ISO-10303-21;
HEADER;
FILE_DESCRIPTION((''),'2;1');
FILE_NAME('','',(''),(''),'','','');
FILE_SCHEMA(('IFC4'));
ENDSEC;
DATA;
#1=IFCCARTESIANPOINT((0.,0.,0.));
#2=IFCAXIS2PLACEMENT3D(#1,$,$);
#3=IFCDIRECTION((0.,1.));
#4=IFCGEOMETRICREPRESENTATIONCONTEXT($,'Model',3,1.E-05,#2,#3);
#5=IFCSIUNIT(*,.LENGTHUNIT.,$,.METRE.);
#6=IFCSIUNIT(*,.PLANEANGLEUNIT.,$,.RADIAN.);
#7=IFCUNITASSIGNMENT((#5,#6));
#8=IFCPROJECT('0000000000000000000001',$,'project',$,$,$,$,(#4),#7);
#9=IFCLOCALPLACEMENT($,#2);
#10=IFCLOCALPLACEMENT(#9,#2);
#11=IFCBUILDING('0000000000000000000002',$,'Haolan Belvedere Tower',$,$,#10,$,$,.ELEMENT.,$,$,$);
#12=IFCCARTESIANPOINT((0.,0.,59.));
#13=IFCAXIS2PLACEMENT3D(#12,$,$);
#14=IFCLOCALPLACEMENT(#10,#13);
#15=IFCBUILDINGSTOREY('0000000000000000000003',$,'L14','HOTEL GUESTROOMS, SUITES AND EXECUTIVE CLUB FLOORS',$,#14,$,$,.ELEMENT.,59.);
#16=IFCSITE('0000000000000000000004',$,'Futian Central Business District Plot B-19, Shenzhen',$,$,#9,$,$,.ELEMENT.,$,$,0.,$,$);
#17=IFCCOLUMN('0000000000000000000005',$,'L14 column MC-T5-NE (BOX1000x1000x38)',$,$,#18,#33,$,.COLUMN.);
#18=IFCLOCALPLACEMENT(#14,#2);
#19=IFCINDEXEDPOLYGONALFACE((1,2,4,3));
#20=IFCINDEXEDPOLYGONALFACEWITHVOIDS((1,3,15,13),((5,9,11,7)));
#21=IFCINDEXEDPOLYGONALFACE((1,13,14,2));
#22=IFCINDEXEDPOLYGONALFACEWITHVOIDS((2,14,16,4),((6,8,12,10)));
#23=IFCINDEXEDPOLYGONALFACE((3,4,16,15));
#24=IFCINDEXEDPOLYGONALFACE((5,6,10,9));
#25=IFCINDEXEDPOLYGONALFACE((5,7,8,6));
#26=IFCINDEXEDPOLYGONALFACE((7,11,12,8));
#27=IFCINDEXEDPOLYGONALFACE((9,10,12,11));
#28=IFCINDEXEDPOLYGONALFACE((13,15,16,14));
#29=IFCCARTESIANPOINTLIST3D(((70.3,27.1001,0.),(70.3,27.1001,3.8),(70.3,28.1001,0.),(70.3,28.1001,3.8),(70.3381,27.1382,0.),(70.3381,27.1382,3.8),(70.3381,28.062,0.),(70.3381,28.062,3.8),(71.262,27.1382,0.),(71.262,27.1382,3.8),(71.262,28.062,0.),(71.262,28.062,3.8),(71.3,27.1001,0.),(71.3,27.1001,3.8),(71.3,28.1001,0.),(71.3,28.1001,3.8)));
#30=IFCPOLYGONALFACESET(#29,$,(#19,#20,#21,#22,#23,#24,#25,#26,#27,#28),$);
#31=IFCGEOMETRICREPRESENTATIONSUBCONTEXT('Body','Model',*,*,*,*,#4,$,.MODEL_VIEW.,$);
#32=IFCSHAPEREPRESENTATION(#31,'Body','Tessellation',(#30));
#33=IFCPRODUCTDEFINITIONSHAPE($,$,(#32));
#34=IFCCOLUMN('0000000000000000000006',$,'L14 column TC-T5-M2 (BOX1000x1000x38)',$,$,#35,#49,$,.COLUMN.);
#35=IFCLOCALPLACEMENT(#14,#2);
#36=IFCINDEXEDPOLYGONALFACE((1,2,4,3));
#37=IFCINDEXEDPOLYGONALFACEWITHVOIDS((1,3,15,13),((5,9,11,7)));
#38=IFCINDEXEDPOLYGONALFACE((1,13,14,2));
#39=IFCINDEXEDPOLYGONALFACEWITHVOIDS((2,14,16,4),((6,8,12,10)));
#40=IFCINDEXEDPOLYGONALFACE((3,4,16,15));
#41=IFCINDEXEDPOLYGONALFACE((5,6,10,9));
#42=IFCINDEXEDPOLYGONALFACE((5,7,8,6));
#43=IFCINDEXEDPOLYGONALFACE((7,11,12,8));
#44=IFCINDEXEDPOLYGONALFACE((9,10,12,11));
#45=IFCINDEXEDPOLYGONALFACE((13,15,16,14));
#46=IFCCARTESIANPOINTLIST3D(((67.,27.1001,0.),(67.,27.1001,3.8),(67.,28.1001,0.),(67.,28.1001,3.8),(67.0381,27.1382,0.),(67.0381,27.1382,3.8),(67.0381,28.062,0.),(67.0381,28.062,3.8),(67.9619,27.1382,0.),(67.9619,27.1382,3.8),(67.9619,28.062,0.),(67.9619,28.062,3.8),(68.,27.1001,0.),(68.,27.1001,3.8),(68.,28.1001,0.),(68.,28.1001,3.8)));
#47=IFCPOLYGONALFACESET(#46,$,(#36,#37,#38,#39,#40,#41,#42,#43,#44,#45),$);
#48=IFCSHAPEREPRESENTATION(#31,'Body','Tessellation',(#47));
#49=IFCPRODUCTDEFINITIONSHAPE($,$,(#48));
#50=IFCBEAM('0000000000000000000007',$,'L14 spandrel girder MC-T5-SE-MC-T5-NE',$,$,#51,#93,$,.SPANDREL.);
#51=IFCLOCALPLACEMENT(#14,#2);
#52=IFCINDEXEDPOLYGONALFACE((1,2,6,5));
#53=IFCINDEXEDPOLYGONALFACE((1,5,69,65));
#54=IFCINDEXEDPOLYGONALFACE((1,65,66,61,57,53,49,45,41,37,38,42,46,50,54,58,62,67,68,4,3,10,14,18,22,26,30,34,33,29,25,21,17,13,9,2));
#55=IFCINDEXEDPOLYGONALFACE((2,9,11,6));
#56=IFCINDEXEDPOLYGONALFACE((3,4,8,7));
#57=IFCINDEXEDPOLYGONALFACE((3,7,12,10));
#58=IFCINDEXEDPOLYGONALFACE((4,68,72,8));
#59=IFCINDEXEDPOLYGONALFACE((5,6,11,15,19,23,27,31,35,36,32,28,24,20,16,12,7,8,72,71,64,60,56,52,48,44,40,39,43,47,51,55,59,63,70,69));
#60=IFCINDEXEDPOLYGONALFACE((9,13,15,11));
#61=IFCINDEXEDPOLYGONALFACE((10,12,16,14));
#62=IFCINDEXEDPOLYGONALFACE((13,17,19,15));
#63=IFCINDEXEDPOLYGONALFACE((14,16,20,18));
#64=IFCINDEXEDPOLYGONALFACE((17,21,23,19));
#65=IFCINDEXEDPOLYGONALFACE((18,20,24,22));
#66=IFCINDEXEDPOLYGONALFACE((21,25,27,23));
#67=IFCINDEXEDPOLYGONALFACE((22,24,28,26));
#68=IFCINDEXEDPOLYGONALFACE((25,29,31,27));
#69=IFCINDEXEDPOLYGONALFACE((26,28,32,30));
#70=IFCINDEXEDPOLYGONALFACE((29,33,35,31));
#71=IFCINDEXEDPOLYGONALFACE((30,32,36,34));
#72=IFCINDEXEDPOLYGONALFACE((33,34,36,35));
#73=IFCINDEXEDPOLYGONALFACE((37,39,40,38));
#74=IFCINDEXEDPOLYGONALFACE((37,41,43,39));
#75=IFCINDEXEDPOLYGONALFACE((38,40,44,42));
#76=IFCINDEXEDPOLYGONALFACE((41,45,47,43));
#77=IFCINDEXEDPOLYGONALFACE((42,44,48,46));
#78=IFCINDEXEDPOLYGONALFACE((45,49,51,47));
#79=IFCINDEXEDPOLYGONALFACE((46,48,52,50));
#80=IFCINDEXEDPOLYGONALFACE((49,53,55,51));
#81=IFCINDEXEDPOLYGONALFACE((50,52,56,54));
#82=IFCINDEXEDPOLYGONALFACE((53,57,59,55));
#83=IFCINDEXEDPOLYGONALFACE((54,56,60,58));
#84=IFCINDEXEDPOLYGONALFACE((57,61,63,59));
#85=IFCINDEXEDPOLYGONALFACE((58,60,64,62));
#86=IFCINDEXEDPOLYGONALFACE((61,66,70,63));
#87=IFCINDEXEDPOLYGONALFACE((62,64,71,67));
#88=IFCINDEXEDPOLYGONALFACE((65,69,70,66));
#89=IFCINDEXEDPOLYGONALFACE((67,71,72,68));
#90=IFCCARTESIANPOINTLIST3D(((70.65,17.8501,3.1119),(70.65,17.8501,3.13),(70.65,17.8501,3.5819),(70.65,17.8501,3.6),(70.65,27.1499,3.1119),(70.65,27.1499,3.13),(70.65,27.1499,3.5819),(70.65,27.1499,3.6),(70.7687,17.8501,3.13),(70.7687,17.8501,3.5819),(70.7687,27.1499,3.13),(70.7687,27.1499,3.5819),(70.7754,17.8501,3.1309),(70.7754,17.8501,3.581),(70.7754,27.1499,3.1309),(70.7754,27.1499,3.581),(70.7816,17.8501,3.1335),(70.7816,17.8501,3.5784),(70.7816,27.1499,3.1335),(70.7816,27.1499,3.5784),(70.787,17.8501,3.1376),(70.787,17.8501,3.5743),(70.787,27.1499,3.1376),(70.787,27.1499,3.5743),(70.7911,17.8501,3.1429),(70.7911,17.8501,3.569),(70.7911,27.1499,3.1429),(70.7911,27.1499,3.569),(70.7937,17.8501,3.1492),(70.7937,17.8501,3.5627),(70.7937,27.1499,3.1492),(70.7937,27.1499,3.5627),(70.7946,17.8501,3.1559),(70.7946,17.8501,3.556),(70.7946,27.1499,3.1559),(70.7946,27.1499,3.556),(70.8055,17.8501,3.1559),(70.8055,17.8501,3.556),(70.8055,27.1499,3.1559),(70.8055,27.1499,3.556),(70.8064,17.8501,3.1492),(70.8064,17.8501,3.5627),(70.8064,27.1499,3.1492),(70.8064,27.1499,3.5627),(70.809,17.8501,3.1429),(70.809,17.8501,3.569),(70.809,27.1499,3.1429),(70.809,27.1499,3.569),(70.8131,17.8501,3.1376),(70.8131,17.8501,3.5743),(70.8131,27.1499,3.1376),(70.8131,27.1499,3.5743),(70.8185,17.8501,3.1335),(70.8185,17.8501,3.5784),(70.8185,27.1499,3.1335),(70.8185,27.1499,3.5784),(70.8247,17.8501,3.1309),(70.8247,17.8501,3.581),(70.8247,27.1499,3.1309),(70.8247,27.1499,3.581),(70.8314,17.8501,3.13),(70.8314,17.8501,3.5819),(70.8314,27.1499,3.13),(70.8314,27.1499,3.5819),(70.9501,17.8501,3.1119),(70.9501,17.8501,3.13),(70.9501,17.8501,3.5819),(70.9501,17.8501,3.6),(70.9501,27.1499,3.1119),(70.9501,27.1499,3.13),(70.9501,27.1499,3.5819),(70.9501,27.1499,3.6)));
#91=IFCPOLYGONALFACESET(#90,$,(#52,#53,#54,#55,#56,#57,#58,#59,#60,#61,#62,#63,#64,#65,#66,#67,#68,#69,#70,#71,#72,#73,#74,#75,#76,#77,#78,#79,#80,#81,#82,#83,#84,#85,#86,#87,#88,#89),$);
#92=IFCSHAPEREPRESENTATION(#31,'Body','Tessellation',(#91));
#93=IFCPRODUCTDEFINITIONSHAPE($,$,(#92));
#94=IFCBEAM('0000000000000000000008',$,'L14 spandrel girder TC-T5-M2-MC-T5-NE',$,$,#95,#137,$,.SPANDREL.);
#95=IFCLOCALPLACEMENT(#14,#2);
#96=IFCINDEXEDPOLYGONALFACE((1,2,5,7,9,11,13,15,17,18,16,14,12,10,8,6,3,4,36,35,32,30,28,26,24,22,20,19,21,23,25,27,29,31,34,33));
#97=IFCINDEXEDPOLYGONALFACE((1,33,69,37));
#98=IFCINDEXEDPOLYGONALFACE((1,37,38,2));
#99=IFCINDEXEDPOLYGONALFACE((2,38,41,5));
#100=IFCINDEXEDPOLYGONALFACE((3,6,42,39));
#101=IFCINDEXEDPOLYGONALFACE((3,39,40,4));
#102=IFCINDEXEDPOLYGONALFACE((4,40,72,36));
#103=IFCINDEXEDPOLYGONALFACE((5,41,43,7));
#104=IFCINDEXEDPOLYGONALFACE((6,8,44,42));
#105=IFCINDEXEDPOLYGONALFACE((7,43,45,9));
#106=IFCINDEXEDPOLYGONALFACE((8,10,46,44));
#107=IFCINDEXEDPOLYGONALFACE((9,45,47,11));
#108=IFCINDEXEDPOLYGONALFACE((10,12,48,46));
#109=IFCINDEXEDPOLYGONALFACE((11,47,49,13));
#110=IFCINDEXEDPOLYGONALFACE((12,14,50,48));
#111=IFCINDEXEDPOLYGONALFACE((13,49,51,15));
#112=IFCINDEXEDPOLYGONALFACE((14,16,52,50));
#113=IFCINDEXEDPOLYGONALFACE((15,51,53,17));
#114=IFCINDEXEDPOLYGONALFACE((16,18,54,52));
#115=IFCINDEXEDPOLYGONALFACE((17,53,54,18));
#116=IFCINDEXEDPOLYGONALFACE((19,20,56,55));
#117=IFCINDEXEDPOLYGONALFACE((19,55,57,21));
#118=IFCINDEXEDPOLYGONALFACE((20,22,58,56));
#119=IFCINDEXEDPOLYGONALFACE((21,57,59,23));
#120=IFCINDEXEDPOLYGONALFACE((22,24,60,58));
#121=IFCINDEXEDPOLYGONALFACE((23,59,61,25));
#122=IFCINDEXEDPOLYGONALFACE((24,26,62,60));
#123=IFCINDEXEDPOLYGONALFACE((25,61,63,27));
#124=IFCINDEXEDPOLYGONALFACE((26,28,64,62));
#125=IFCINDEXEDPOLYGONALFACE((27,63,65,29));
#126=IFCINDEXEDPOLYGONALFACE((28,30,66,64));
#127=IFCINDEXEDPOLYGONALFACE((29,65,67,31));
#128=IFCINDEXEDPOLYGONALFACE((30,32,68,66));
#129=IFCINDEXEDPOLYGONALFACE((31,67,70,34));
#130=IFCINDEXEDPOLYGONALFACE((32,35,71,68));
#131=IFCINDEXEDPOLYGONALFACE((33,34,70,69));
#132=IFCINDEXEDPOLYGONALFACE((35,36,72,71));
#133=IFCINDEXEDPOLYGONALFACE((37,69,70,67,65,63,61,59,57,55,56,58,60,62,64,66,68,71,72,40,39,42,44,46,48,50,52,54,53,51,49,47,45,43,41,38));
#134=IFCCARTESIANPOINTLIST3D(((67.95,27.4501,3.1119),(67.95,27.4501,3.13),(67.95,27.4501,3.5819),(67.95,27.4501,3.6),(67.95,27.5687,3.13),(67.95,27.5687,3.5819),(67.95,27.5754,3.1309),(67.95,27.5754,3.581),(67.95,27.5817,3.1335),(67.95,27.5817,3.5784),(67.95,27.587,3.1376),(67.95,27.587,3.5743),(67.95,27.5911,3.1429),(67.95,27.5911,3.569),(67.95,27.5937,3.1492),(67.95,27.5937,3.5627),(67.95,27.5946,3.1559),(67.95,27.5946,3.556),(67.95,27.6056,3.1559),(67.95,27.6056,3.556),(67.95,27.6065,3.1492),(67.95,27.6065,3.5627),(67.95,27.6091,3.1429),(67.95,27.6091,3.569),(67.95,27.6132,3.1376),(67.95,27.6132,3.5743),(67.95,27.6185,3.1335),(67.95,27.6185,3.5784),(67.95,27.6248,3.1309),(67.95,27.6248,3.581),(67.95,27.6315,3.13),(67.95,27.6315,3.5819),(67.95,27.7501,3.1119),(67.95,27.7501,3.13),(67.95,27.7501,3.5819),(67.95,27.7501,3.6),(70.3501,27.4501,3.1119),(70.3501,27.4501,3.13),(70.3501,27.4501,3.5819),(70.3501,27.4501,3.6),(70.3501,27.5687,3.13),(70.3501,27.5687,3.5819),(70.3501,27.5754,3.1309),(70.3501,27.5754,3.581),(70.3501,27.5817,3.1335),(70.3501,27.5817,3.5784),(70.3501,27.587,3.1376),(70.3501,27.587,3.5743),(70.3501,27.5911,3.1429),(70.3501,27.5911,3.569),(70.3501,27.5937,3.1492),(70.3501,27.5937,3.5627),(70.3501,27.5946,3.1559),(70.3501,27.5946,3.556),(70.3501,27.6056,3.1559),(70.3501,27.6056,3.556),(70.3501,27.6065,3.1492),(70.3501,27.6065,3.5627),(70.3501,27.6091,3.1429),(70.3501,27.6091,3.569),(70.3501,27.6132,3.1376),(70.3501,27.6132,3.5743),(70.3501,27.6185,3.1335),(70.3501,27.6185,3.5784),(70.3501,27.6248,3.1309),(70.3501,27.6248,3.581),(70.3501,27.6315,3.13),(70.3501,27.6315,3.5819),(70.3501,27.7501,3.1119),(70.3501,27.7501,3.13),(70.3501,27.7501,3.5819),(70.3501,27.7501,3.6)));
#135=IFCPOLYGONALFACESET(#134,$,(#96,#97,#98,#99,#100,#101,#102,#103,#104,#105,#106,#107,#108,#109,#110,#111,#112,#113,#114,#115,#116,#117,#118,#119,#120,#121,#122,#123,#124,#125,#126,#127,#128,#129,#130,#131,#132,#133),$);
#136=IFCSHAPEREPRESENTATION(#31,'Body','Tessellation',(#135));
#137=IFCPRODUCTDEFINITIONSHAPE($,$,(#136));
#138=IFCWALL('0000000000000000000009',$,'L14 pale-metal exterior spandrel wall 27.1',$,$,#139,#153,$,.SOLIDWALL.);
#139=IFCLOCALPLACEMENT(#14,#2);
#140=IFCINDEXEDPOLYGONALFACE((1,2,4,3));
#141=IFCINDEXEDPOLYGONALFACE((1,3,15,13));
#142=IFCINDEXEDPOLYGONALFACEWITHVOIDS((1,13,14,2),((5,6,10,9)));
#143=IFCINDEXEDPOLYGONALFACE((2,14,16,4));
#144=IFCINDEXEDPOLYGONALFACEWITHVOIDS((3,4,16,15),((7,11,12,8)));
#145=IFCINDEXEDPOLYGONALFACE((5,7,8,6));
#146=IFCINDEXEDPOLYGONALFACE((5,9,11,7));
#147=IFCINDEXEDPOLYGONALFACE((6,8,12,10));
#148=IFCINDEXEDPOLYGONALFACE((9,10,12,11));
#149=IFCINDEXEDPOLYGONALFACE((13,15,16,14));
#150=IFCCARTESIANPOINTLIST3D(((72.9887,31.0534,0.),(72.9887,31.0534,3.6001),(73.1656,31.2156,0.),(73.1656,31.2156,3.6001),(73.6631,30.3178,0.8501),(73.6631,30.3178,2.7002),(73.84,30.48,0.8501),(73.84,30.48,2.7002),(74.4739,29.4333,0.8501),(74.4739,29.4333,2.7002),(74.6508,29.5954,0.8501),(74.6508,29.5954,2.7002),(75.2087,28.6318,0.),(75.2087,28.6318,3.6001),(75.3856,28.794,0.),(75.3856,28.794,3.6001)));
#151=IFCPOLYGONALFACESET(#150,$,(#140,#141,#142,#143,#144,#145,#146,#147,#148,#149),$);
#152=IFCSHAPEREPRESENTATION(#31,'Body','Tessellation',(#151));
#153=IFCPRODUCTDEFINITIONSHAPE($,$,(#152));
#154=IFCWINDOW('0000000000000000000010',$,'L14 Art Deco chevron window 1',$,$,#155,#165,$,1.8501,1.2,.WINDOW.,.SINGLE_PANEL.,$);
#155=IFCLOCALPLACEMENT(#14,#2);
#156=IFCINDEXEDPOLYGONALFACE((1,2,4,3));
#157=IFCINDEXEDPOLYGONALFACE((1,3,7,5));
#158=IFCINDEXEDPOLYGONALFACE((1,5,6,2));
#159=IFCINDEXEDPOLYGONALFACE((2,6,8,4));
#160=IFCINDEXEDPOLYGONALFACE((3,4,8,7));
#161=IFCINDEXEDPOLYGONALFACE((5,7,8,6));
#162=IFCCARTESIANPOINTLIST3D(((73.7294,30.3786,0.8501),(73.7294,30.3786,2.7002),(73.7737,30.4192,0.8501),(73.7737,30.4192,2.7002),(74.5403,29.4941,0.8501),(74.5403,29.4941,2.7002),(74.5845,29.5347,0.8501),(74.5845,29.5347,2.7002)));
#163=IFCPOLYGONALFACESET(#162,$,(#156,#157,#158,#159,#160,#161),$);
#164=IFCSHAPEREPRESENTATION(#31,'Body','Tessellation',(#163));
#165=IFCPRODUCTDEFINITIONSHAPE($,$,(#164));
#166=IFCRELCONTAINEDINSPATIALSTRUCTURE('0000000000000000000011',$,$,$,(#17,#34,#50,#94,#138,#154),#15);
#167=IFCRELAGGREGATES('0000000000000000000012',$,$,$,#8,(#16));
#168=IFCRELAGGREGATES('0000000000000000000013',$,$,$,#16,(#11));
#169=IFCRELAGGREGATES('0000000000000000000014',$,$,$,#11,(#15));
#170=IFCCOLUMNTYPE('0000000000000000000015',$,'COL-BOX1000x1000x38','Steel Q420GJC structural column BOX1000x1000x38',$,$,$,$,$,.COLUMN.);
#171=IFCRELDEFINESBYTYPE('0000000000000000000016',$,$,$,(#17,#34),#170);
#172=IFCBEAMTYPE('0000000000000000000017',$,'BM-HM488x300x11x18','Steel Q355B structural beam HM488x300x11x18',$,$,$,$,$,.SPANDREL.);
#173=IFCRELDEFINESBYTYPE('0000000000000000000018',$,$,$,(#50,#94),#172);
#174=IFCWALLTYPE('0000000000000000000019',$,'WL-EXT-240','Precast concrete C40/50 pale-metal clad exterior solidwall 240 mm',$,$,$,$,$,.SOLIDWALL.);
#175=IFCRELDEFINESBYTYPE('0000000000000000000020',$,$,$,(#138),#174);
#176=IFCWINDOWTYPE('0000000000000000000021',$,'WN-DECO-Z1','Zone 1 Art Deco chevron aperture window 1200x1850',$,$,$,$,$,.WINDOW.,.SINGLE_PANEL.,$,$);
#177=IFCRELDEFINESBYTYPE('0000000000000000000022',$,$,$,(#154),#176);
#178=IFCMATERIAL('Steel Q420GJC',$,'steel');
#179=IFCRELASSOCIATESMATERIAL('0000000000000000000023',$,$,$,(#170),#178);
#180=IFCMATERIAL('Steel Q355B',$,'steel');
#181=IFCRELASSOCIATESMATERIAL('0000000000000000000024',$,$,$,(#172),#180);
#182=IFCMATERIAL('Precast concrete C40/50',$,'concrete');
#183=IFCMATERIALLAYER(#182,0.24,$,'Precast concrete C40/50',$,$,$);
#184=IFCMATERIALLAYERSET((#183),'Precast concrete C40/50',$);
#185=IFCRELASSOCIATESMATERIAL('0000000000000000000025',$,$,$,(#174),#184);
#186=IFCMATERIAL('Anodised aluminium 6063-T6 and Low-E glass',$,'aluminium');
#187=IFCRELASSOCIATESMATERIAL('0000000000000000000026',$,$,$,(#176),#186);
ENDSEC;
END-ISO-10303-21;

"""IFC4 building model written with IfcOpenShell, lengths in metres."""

from ifc_helpers import new_model, si_unit, direction, frame, frame_2d, origin, origin_2d, place, context, subcontext, project, spatial, rectangle, hollow_rectangle, i_section, extrude, material, layer, layer_set, material_profile, profile_set, type_object, element, fill, save


model = new_model("IFC4")

# Units and contexts
model_context = context("Model", 3, precision=1e-05, world=origin(), true_north=direction((0.0, 1.0)))
body_context = subcontext(model_context, "Body", "Model", "MODEL_VIEW")
ifc_project = project(units=[si_unit("LENGTHUNIT", "METRE"), si_unit("PLANEANGLEUNIT", "RADIAN")], contexts=[model_context])

# Site, building, storey
site_placement = place(None, origin())
site = spatial("IfcSite", under=ifc_project, at=site_placement, Name="Futian Central Business District Plot B-19, Shenzhen", CompositionType="ELEMENT", RefElevation=0.0)
building_placement = place(site_placement, origin())
building = spatial("IfcBuilding", under=site, at=building_placement, Name="Haolan Belvedere Tower", CompositionType="ELEMENT")
storey_placement = place(building_placement, frame((0.0, 0.0, 59.0)))
storey = spatial("IfcBuildingStorey", under=building, at=storey_placement, Name="L14", Description="HOTEL GUESTROOMS, SUITES AND EXECUTIVE CLUB FLOORS", CompositionType="ELEMENT", Elevation=59.0)

# Columns
ifc_material_1 = material(Name="Steel Q420GJC", Category="steel")
ifc_material_profile_1 = material_profile(ifc_material_1, hollow_rectangle(XDim=1.0, YDim=1.0, WallThickness=0.0381, at=origin_2d()), Name="Steel Q420GJC")
ifc_profile_set_1 = profile_set([ifc_material_profile_1], Name="Steel Q420GJC")
column_type = type_object("IfcColumnType", Name="COL-BOX1000x1000x38", Description="Steel Q420GJC structural column BOX1000x1000x38", PredefinedType="COLUMN", material=ifc_profile_set_1)
for number, where, z_axis, x_axis, name in (
    (1, (70.8, 27.6001, 0.0), (0.0, 0.0, 1.0), (1.0, 0.0, 0.0), "L14 column MC-T5-NE (BOX1000x1000x38)"),
    (2, (67.5, 27.6001, 0.0), (0.0, 0.0, 1.0), (1.0, 0.0, 0.0), "L14 column TC-T5-M2 (BOX1000x1000x38)"),
):
    element("IfcColumn", number, at=place(storey_placement, frame(where, z_axis=z_axis, x_axis=x_axis)), inside=storey, type_object=column_type, Name=name, PredefinedType="COLUMN", context=body_context, shape_type="SweptSolid", body=[
        extrude(hollow_rectangle(XDim=1.0, YDim=1.0, WallThickness=0.0381, at=origin_2d()), origin(), (0.0, 0.0, 1.0), 3.8),
    ])

# Beams
ifc_material_2 = material(Name="Steel Q355B", Category="steel")
ifc_material_profile_2 = material_profile(ifc_material_2, i_section(OverallWidth=0.3, OverallDepth=0.488, WebThickness=0.011, FlangeThickness=0.0181, FilletRadius=0.0259, at=origin_2d()), Name="Steel Q355B")
ifc_profile_set_2 = profile_set([ifc_material_profile_2], Name="Steel Q355B")
beam_type = type_object("IfcBeamType", Name="BM-HM488x300x11x18", Description="Steel Q355B structural beam HM488x300x11x18", PredefinedType="SPANDREL", material=ifc_profile_set_2)
beam_1_placement = place(storey_placement, frame((70.8, 17.8501, 3.356), z_axis=(0.0, 1.0, 0.0), x_axis=(-1.0, 0.0, 0.0)))
element("IfcBeam", 3, at=beam_1_placement, inside=storey, type_object=beam_type, Name="L14 spandrel girder MC-T5-SE-MC-T5-NE", PredefinedType="SPANDREL", context=body_context, shape_type="SweptSolid", body=[
    extrude(i_section(OverallWidth=0.3, OverallDepth=0.488, WebThickness=0.011, FlangeThickness=0.0181, FilletRadius=0.0259, at=origin_2d()), origin(), (0.0, 0.0, 1.0), 9.2998),
])
beam_2_placement = place(storey_placement, frame((67.95, 27.6001, 3.356), z_axis=(1.0, 0.0, 0.0), x_axis=(0.0, 1.0, 0.0)))
element("IfcBeam", 4, at=beam_2_placement, inside=storey, type_object=beam_type, Name="L14 spandrel girder TC-T5-M2-MC-T5-NE", PredefinedType="SPANDREL", context=body_context, shape_type="SweptSolid", body=[
    extrude(i_section(OverallWidth=0.3, OverallDepth=0.488, WebThickness=0.011, FlangeThickness=0.0181, FilletRadius=0.0259, at=origin_2d()), origin(), (0.0, 0.0, 1.0), 2.4001),
])

# Wall, opening, window
ifc_material_3 = material(Name="Precast concrete C40/50", Category="concrete")
ifc_layer_1 = layer(ifc_material_3, 0.24, Name="Precast concrete C40/50")
ifc_layer_set_1 = layer_set([ifc_layer_1], Name="Precast concrete C40/50")
wall_type_1 = type_object("IfcWallType", Name="WL-EXT-240", Description="Precast concrete C40/50 pale-metal clad exterior solidwall 240 mm", PredefinedType="SOLIDWALL", material=ifc_layer_set_1)
wall_1_placement = place(storey_placement, frame((75.2971, 28.7129, 0.0), z_axis=(0.0, 0.0, 1.0), x_axis=(-0.675748, 0.737133, 0.0)))
wall_1 = element("IfcWall", 5, at=wall_1_placement, inside=storey, type_object=wall_type_1, Name="L14 pale-metal exterior spandrel wall 27.1", PredefinedType="SOLIDWALL", context=body_context, shape_type="SweptSolid", body=[
    extrude(rectangle(XDim=3.2852, YDim=0.24, at=frame_2d((1.6426, 0.0))), origin(), (0.0, 0.0, 1.0), 3.6001),
])
opening_1_placement = place(wall_1_placement, frame((1.0872, 0.0, 0.8501)))
opening_1 = element("IfcOpeningElement", 6, at=opening_1_placement, cuts=wall_1, PredefinedType="OPENING", context=body_context, shape_type="SweptSolid", body=[
    extrude(rectangle(XDim=1.2, YDim=1.8501, at=frame_2d((0.6001, 0.925))), frame((0.0, 0.1299, 0.0), z_axis=(0.0, -1.0, 0.0), x_axis=(1.0, 0.0, 0.0)), (0.0, 0.0, 1.0), 0.26),
])
ifc_material_4 = material(Name="Anodised aluminium 6063-T6 and Low-E glass", Category="aluminium")
window_type = type_object("IfcWindowType", Name="WN-DECO-Z1", Description="Zone 1 Art Deco chevron aperture window 1200x1850", PartitioningType="SINGLE_PANEL", PredefinedType="WINDOW", material=ifc_material_4)
window_1_placement = place(opening_1_placement, origin())
window_1 = element("IfcWindow", 7, at=window_1_placement, inside=storey, type_object=window_type, Name="L14 Art Deco chevron window 1", OverallHeight=1.8501, OverallWidth=1.2, PartitioningType="SINGLE_PANEL", PredefinedType="WINDOW", context=body_context, shape_type="SweptSolid", body=[
    extrude(rectangle(XDim=1.2, YDim=1.8501, at=frame_2d((0.6001, 0.925))), frame((0.0, 0.03, 0.0), z_axis=(0.0, -1.0, 0.0), x_axis=(1.0, 0.0, 0.0)), (0.0, 0.0, 1.0), 0.0601),
])
fill(opening_1, window_1)

save(model, "model.ifc")
